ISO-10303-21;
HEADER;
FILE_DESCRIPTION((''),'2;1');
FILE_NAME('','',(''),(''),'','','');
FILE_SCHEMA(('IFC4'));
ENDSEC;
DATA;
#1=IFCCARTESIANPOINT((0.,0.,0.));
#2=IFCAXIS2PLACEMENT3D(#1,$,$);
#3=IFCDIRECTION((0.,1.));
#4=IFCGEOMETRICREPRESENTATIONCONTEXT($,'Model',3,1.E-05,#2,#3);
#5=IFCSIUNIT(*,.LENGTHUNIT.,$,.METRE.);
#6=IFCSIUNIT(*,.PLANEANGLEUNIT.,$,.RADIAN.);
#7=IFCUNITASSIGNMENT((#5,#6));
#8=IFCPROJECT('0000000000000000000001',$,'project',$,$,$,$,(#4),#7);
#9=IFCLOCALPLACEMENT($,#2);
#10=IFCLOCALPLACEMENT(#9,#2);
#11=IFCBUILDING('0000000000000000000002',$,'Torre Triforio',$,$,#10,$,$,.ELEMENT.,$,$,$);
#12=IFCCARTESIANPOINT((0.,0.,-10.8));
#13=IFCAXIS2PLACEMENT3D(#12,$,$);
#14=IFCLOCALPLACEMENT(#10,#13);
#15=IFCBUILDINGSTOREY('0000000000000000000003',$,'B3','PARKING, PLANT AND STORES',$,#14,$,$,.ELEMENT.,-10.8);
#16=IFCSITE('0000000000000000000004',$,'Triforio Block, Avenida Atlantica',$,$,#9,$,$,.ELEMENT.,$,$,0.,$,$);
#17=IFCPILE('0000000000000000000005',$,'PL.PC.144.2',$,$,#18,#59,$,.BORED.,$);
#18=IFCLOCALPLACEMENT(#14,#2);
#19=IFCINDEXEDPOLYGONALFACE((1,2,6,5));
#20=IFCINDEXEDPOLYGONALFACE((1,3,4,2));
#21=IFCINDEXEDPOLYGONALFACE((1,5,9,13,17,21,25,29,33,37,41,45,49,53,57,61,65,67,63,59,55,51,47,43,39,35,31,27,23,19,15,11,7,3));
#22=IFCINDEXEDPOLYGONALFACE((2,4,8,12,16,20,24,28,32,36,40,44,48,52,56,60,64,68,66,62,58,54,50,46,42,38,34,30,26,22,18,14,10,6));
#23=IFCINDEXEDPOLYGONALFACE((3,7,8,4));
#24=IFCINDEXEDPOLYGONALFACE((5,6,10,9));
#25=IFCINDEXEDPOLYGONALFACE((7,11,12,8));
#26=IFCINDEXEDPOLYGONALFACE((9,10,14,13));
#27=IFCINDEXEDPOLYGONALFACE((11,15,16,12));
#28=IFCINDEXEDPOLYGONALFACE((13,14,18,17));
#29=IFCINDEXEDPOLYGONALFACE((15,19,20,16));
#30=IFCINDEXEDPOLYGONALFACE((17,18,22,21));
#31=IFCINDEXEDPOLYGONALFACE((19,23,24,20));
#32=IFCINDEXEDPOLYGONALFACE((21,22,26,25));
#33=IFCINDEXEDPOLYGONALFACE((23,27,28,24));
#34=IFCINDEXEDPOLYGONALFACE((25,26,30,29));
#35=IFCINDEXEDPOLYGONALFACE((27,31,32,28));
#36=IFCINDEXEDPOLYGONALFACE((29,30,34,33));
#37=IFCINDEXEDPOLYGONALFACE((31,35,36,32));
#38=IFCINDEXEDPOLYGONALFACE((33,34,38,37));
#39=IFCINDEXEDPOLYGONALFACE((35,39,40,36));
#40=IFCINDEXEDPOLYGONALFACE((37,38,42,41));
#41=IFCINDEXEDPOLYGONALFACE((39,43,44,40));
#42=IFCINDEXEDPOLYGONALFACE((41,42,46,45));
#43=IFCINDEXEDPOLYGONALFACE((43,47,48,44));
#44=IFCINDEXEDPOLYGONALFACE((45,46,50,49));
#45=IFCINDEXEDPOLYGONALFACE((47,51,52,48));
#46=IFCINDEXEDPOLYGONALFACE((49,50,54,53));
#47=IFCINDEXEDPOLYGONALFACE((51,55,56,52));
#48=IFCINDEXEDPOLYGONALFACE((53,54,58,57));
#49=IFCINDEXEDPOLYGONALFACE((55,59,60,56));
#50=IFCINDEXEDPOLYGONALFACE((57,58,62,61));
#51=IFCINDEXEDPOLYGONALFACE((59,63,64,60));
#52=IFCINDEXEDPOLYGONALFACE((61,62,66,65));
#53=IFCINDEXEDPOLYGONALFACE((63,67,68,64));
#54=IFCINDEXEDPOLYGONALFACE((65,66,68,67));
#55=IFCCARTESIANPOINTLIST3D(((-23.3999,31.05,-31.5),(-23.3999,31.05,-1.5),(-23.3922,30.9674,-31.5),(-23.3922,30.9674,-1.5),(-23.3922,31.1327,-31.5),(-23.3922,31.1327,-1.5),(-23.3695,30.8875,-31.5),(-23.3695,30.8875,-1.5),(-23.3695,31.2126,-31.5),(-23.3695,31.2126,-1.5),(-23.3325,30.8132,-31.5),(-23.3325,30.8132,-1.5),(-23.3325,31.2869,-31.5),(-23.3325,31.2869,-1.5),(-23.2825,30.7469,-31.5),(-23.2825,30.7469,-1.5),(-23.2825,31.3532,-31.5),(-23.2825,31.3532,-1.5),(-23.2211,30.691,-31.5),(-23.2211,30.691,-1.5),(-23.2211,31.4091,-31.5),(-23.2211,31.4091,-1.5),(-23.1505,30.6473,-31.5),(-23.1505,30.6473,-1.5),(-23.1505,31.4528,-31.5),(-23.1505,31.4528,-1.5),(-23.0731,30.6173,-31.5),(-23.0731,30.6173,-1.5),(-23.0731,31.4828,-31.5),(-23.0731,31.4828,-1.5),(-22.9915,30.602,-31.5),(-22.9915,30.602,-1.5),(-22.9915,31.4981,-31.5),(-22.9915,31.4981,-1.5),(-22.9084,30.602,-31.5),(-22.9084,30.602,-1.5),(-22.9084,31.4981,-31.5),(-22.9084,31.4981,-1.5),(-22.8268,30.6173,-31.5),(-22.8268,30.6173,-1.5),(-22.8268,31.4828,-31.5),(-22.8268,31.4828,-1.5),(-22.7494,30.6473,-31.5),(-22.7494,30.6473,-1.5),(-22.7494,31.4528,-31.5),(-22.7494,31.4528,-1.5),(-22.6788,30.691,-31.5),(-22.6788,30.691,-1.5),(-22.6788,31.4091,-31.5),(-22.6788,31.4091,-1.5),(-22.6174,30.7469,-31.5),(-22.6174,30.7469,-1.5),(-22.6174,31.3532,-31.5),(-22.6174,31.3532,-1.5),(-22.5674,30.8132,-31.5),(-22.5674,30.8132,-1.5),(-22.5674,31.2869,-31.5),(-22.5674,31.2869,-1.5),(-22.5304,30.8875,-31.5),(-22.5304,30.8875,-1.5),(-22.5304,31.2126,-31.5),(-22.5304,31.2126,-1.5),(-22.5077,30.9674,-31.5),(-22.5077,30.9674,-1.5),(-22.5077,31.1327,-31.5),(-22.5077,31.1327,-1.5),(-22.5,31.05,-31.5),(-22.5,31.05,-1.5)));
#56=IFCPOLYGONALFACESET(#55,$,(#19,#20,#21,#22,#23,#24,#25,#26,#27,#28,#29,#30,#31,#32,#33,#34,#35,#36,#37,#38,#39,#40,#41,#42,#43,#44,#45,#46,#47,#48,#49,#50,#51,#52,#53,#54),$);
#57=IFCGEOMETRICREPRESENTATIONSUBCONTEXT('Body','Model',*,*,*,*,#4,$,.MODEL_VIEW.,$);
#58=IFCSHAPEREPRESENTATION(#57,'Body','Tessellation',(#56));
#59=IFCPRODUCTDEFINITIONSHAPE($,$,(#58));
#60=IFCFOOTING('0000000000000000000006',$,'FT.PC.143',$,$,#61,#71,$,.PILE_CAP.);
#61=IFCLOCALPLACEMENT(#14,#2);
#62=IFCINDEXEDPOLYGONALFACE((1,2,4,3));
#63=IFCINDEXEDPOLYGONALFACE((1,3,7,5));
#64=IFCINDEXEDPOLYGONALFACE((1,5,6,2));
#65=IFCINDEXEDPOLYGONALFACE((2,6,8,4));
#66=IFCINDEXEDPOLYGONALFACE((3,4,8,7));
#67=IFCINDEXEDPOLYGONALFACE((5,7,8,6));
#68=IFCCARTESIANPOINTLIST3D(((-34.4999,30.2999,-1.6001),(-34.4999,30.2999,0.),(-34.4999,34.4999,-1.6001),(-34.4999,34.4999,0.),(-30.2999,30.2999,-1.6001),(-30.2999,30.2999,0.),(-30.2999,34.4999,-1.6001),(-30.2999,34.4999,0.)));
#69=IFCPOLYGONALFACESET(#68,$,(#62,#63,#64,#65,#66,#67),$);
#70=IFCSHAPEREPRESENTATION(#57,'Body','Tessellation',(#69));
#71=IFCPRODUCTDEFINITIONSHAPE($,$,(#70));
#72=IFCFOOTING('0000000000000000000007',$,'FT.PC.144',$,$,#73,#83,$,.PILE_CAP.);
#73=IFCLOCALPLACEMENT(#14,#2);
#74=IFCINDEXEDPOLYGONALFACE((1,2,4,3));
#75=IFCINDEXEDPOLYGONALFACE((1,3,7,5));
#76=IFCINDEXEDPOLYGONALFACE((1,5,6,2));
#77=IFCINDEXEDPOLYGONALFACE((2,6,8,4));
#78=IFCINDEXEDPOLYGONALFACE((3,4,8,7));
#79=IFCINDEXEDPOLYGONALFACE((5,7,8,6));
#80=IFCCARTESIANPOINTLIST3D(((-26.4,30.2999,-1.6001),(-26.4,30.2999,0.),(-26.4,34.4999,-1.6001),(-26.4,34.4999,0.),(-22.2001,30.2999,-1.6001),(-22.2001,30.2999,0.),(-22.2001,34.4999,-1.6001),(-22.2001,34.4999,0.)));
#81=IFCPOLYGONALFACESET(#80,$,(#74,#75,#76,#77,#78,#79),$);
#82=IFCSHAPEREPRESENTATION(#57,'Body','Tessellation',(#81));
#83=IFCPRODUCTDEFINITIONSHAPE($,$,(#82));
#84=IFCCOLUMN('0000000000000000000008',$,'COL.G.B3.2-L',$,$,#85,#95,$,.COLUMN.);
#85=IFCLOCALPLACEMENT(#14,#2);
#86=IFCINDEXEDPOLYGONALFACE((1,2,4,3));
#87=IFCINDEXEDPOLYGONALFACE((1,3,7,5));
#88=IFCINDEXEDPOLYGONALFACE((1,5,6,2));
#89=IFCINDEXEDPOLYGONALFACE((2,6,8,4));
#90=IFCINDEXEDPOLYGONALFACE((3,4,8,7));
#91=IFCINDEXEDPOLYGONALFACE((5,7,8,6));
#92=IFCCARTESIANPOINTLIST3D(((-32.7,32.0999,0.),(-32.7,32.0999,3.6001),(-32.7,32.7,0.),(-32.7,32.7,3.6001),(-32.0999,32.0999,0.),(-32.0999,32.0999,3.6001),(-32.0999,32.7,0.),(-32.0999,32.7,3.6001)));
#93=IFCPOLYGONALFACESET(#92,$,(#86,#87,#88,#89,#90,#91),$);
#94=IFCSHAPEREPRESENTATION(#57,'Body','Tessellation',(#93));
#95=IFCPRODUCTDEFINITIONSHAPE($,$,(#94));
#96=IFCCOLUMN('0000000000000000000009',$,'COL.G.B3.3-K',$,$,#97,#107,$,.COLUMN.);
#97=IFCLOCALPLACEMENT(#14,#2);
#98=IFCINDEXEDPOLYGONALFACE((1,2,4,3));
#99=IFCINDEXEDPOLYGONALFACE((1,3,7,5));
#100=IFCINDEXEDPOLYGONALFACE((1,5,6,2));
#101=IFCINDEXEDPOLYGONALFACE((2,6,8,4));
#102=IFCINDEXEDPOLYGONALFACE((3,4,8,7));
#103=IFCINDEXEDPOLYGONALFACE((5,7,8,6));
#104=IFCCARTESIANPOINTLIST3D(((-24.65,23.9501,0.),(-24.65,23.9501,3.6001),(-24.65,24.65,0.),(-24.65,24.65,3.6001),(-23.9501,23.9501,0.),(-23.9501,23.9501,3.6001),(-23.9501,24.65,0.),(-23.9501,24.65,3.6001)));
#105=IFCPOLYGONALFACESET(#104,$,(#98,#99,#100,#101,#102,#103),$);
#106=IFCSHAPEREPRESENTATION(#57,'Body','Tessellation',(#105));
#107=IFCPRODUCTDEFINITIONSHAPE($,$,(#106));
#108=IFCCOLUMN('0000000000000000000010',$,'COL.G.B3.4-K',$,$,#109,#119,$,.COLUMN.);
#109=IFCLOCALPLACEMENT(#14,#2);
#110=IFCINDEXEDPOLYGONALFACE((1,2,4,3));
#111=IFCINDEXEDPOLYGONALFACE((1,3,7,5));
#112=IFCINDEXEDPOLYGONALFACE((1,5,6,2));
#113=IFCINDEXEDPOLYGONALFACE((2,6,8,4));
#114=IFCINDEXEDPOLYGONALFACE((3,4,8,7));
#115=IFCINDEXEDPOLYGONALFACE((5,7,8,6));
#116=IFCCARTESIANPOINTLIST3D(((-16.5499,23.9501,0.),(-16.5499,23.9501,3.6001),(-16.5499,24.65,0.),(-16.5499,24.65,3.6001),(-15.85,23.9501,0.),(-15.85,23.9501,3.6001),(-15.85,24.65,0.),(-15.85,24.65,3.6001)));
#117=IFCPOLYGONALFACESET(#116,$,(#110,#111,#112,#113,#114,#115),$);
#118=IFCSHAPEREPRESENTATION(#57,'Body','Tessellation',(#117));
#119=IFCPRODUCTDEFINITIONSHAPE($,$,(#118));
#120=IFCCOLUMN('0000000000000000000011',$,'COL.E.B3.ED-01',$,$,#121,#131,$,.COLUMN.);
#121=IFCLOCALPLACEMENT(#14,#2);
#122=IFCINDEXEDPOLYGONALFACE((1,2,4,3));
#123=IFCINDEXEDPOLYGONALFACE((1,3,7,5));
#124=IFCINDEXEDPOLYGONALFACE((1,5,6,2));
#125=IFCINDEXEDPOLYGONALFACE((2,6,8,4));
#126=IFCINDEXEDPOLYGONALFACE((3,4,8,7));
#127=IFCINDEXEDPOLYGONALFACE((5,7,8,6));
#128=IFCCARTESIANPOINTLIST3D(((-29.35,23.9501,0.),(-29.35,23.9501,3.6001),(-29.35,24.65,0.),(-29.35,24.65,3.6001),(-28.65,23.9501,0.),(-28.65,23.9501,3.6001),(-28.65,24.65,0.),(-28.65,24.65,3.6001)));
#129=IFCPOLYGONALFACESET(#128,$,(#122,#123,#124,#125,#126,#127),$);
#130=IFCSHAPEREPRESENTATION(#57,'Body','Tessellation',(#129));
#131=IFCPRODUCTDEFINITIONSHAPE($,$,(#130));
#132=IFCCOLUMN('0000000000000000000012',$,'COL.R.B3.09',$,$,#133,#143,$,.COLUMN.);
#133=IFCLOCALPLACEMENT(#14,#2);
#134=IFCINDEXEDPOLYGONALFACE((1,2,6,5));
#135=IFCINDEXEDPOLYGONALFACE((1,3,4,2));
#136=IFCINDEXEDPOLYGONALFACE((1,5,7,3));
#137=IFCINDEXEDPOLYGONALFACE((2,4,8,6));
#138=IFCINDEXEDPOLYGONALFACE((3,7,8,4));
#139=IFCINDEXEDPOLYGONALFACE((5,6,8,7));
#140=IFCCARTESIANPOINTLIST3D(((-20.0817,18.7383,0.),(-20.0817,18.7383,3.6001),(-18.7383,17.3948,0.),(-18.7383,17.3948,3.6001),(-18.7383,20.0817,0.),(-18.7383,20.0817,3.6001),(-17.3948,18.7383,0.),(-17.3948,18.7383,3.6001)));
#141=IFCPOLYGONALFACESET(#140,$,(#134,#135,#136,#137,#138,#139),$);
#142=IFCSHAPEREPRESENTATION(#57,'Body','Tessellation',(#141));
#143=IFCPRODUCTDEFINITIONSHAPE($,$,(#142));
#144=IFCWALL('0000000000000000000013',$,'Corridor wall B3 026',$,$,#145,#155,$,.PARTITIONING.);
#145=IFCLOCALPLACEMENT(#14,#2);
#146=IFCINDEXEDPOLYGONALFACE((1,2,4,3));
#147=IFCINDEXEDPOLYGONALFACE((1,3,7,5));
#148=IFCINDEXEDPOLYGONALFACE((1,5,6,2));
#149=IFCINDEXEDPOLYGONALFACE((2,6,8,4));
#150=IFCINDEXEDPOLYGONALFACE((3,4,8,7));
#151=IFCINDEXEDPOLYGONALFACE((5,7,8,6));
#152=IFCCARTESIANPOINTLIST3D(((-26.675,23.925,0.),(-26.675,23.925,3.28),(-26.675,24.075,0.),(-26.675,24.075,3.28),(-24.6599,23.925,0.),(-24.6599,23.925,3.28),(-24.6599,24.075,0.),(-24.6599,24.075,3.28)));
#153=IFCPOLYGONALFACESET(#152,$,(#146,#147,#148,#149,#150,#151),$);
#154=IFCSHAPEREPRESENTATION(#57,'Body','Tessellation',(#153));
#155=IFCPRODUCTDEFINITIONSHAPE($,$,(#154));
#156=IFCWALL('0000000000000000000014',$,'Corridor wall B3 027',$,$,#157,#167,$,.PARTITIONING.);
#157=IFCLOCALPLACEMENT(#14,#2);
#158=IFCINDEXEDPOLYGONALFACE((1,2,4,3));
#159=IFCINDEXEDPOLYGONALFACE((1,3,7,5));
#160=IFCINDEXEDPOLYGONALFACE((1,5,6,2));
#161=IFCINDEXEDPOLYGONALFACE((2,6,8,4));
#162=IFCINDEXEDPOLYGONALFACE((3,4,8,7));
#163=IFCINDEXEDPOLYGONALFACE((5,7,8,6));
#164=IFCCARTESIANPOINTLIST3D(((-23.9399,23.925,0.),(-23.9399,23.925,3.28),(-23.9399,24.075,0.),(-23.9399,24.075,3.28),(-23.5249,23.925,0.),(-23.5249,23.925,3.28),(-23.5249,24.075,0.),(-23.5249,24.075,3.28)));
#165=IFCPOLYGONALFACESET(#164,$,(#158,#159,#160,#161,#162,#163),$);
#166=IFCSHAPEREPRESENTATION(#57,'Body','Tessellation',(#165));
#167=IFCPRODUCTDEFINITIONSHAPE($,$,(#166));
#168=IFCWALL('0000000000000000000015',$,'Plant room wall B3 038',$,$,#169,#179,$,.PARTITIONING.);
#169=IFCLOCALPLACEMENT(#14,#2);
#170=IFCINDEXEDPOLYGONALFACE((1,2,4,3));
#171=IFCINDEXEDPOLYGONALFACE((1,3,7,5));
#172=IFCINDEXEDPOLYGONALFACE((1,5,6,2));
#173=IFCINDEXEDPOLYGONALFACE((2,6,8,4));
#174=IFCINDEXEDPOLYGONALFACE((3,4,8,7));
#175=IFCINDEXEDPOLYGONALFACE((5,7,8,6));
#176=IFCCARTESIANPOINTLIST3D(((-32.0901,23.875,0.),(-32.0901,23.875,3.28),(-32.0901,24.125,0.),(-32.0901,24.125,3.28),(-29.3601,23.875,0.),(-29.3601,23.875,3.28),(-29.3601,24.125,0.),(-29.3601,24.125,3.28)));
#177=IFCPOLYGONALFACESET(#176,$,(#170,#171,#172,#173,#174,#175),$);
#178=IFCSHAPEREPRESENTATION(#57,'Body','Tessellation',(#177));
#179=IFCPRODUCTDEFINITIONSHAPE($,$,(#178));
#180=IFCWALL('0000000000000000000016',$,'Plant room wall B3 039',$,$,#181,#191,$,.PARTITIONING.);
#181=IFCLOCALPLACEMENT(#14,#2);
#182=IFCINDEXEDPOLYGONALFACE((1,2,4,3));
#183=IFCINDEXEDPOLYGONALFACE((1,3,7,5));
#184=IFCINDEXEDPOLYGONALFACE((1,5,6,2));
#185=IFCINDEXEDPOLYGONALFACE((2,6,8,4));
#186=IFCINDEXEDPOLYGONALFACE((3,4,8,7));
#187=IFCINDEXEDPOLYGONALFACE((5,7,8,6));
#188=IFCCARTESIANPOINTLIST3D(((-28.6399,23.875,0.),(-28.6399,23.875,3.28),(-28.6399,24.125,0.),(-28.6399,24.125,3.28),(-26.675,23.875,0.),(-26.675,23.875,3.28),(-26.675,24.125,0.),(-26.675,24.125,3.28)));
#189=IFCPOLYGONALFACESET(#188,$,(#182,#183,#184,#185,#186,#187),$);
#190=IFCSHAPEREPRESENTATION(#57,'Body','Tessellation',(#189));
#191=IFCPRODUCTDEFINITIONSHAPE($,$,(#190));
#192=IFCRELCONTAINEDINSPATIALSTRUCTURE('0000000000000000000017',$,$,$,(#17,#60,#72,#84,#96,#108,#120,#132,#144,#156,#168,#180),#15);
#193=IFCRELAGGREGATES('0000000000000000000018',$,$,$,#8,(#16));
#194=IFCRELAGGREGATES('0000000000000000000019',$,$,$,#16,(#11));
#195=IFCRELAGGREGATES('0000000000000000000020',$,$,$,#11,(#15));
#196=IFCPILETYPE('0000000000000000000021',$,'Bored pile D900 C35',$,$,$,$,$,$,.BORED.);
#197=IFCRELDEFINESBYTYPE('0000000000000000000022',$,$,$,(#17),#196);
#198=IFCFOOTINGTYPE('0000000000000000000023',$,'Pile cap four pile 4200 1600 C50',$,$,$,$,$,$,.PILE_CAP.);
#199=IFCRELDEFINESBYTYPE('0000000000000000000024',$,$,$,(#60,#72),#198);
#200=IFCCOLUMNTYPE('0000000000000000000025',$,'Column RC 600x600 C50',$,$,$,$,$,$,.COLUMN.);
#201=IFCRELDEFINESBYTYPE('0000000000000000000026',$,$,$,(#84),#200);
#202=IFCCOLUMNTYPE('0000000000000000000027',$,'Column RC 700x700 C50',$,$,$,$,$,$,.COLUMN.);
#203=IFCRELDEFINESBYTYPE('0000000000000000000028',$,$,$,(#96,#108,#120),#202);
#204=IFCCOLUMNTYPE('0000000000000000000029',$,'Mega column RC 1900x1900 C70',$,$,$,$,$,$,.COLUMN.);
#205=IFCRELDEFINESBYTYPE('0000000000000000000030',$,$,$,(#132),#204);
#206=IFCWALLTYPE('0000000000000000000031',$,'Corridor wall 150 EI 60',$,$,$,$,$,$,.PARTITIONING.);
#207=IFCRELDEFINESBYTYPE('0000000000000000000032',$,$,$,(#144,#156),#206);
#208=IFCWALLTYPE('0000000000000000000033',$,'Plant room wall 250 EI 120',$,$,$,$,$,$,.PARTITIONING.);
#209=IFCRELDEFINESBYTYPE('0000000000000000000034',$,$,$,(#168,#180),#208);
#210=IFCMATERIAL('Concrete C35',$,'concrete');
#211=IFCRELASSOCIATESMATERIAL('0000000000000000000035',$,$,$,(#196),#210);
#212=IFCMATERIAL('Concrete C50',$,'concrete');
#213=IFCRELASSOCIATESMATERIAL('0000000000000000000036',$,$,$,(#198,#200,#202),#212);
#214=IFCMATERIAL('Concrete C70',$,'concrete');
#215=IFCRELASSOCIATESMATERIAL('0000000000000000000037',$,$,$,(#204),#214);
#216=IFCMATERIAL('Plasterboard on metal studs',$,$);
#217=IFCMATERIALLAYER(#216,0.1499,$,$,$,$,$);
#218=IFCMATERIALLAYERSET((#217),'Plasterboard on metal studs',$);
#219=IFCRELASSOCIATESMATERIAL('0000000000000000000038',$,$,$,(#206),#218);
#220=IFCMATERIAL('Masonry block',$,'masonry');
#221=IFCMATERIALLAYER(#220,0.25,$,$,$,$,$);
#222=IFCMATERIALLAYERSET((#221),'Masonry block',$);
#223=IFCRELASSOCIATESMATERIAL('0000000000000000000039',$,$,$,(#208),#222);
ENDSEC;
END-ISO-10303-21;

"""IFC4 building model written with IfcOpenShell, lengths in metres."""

from ifc_helpers import new_model, si_unit, direction, frame, frame_2d, origin, origin_2d, place, context, subcontext, project, spatial, rectangle, circle, extrude, material, layer, layer_set, material_profile, profile_set, type_object, element, save


model = new_model("IFC4")

# Units and contexts
model_context = context("Model", 3, precision=1e-05, world=origin(), true_north=direction((0.0, 1.0)))
body_context = subcontext(model_context, "Body", "Model", "MODEL_VIEW")
ifc_project = project(units=[si_unit("LENGTHUNIT", "METRE"), si_unit("PLANEANGLEUNIT", "RADIAN")], contexts=[model_context])

# Site, building, storey
site_placement = place(None, origin())
site = spatial("IfcSite", under=ifc_project, at=site_placement, Name="Triforio Block, Avenida Atlantica", CompositionType="ELEMENT", RefElevation=0.0)
building_placement = place(site_placement, origin())
building = spatial("IfcBuilding", under=site, at=building_placement, Name="Torre Triforio", CompositionType="ELEMENT")
storey_placement = place(building_placement, frame((0.0, 0.0, -10.8)))
storey = spatial("IfcBuildingStorey", under=building, at=storey_placement, Name="B3", Description="PARKING, PLANT AND STORES", CompositionType="ELEMENT", Elevation=-10.8)

# Pile
ifc_material_1 = material(Name="Concrete C35", Category="concrete")
ifc_material_profile_1 = material_profile(ifc_material_1, circle(Radius=0.45, at=origin_2d()), Name="RC D900")
ifc_profile_set_1 = profile_set([ifc_material_profile_1], Name="Concrete C35")
pile_type = type_object("IfcPileType", Name="Bored pile D900 C35", PredefinedType="BORED", material=ifc_profile_set_1)
for number, where, z_axis, x_axis, name in (
    (1, (-22.95, 31.05, -1.5), (0.0, 0.0, -1.0), (1.0, 0.0, 0.0), "PL.PC.144.2"),
):
    element("IfcPile", number, at=place(storey_placement, frame(where, z_axis=z_axis, x_axis=x_axis)), inside=storey, type_object=pile_type, Name=name, PredefinedType="BORED", context=body_context, shape_type="SweptSolid", body=[
        extrude(circle(Radius=0.45, at=origin_2d()), origin(), (0.0, 0.0, 1.0), 30.0),
    ])

# Footings
ifc_material_2 = material(Name="Concrete C50", Category="concrete")
footing_type = type_object("IfcFootingType", Name="Pile cap four pile 4200 1600 C50", PredefinedType="PILE_CAP", material=ifc_material_2)
for number, where, z_axis, x_axis, name in (
    (2, (-32.3999, 32.3999, -1.6001), (0.0, 0.0, 1.0), (1.0, 0.0, 0.0), "FT.PC.143"),
    (3, (-24.3, 32.3999, -1.6001), (0.0, 0.0, 1.0), (1.0, 0.0, 0.0), "FT.PC.144"),
):
    element("IfcFooting", number, at=place(storey_placement, frame(where, z_axis=z_axis, x_axis=x_axis)), inside=storey, type_object=footing_type, Name=name, PredefinedType="PILE_CAP", context=body_context, shape_type="SweptSolid", body=[
        extrude(rectangle(XDim=4.2, YDim=4.2, at=origin_2d()), origin(), (0.0, 0.0, 1.0), 1.6001),
    ])

# Columns
ifc_material_profile_2 = material_profile(ifc_material_2, rectangle(XDim=0.6001, YDim=0.6001, at=origin_2d()), Name="RC 600x600")
ifc_profile_set_2 = profile_set([ifc_material_profile_2], Name="Concrete C50")
column_type_1 = type_object("IfcColumnType", Name="Column RC 600x600 C50", PredefinedType="COLUMN", material=ifc_profile_set_2)
column_1_placement = place(storey_placement, frame((-32.3999, 32.3999, 0.0), z_axis=(0.0, 0.0, 1.0), x_axis=(1.0, 0.0, 0.0)))
element("IfcColumn", 4, at=column_1_placement, inside=storey, type_object=column_type_1, Name="COL.G.B3.2-L", PredefinedType="COLUMN", context=body_context, shape_type="SweptSolid", body=[
    extrude(rectangle(XDim=0.6001, YDim=0.6001, at=origin_2d()), origin(), (0.0, 0.0, 1.0), 3.6001),
])
ifc_material_profile_3 = material_profile(ifc_material_2, rectangle(XDim=0.7, YDim=0.7, at=origin_2d()), Name="RC 700x700")
ifc_profile_set_3 = profile_set([ifc_material_profile_3], Name="Concrete C50")
column_type_2 = type_object("IfcColumnType", Name="Column RC 700x700 C50", PredefinedType="COLUMN", material=ifc_profile_set_3)
for number, where, z_axis, x_axis, name in (
    (5, (-24.3, 24.3, 0.0), (0.0, 0.0, 1.0), (1.0, 0.0, 0.0), "COL.G.B3.3-K"),
    (6, (-16.2, 24.3, 0.0), (0.0, 0.0, 1.0), (1.0, 0.0, 0.0), "COL.G.B3.4-K"),
    (7, (-29.0, 24.3, 0.0), (0.0, 0.0, 1.0), (1.0, 0.0, 0.0), "COL.E.B3.ED-01"),
):
    element("IfcColumn", number, at=place(storey_placement, frame(where, z_axis=z_axis, x_axis=x_axis)), inside=storey, type_object=column_type_2, Name=name, PredefinedType="COLUMN", context=body_context, shape_type="SweptSolid", body=[
        extrude(rectangle(XDim=0.7, YDim=0.7, at=origin_2d()), origin(), (0.0, 0.0, 1.0), 3.6001),
    ])
ifc_material_3 = material(Name="Concrete C70", Category="concrete")
ifc_material_profile_4 = material_profile(ifc_material_3, rectangle(XDim=1.8999, YDim=1.8999, at=origin_2d()), Name="RC 1900x1900")
ifc_profile_set_4 = profile_set([ifc_material_profile_4], Name="Concrete C70")
column_type_3 = type_object("IfcColumnType", Name="Mega column RC 1900x1900 C70", PredefinedType="COLUMN", material=ifc_profile_set_4)
column_2_placement = place(storey_placement, frame((-18.7383, 18.7383, 0.0), z_axis=(0.0, 0.0, 1.0), x_axis=(-0.707107, -0.707107, 0.0)))
element("IfcColumn", 8, at=column_2_placement, inside=storey, type_object=column_type_3, Name="COL.R.B3.09", PredefinedType="COLUMN", context=body_context, shape_type="SweptSolid", body=[
    extrude(rectangle(XDim=1.8999, YDim=1.8999, at=origin_2d()), origin(), (0.0, 0.0, 1.0), 3.6001),
])

# Walls
ifc_material_4 = material(Name="Plasterboard on metal studs")
ifc_layer_1 = layer(ifc_material_4, 0.1499)
ifc_layer_set_1 = layer_set([ifc_layer_1], Name="Plasterboard on metal studs")
wall_type_1 = type_object("IfcWallType", Name="Corridor wall 150 EI 60", PredefinedType="PARTITIONING", material=ifc_layer_set_1)
wall_1_placement = place(storey_placement, frame((-26.675, 24.0, 0.0), z_axis=(0.0, 0.0, 1.0), x_axis=(1.0, 0.0, 0.0)))
element("IfcWall", 9, at=wall_1_placement, inside=storey, type_object=wall_type_1, Name="Corridor wall B3 026", PredefinedType="PARTITIONING", context=body_context, shape_type="SweptSolid", body=[
    extrude(rectangle(XDim=2.0151, YDim=0.1499, at=frame_2d((1.0076, 0.0))), origin(), (0.0, 0.0, 1.0), 3.28),
])
wall_2_placement = place(storey_placement, frame((-23.9399, 24.0, 0.0), z_axis=(0.0, 0.0, 1.0), x_axis=(1.0, 0.0, 0.0)))
element("IfcWall", 10, at=wall_2_placement, inside=storey, type_object=wall_type_1, Name="Corridor wall B3 027", PredefinedType="PARTITIONING", context=body_context, shape_type="SweptSolid", body=[
    extrude(rectangle(XDim=0.415, YDim=0.1499, at=frame_2d((0.2075, 0.0))), origin(), (0.0, 0.0, 1.0), 3.28),
])
ifc_material_5 = material(Name="Masonry block", Category="masonry")
ifc_layer_2 = layer(ifc_material_5, 0.25)
ifc_layer_set_2 = layer_set([ifc_layer_2], Name="Masonry block")
wall_type_2 = type_object("IfcWallType", Name="Plant room wall 250 EI 120", PredefinedType="PARTITIONING", material=ifc_layer_set_2)
wall_3_placement = place(storey_placement, frame((-32.0901, 24.0, 0.0), z_axis=(0.0, 0.0, 1.0), x_axis=(1.0, 0.0, 0.0)))
element("IfcWall", 11, at=wall_3_placement, inside=storey, type_object=wall_type_2, Name="Plant room wall B3 038", PredefinedType="PARTITIONING", context=body_context, shape_type="SweptSolid", body=[
    extrude(rectangle(XDim=2.73, YDim=0.25, at=frame_2d((1.365, 0.0))), origin(), (0.0, 0.0, 1.0), 3.28),
])
wall_4_placement = place(storey_placement, frame((-28.6399, 24.0, 0.0), z_axis=(0.0, 0.0, 1.0), x_axis=(1.0, 0.0, 0.0)))
element("IfcWall", 12, at=wall_4_placement, inside=storey, type_object=wall_type_2, Name="Plant room wall B3 039", PredefinedType="PARTITIONING", context=body_context, shape_type="SweptSolid", body=[
    extrude(rectangle(XDim=1.9648, YDim=0.25, at=frame_2d((0.9824, 0.0))), origin(), (0.0, 0.0, 1.0), 3.28),
])

save(model, "model.ifc")
